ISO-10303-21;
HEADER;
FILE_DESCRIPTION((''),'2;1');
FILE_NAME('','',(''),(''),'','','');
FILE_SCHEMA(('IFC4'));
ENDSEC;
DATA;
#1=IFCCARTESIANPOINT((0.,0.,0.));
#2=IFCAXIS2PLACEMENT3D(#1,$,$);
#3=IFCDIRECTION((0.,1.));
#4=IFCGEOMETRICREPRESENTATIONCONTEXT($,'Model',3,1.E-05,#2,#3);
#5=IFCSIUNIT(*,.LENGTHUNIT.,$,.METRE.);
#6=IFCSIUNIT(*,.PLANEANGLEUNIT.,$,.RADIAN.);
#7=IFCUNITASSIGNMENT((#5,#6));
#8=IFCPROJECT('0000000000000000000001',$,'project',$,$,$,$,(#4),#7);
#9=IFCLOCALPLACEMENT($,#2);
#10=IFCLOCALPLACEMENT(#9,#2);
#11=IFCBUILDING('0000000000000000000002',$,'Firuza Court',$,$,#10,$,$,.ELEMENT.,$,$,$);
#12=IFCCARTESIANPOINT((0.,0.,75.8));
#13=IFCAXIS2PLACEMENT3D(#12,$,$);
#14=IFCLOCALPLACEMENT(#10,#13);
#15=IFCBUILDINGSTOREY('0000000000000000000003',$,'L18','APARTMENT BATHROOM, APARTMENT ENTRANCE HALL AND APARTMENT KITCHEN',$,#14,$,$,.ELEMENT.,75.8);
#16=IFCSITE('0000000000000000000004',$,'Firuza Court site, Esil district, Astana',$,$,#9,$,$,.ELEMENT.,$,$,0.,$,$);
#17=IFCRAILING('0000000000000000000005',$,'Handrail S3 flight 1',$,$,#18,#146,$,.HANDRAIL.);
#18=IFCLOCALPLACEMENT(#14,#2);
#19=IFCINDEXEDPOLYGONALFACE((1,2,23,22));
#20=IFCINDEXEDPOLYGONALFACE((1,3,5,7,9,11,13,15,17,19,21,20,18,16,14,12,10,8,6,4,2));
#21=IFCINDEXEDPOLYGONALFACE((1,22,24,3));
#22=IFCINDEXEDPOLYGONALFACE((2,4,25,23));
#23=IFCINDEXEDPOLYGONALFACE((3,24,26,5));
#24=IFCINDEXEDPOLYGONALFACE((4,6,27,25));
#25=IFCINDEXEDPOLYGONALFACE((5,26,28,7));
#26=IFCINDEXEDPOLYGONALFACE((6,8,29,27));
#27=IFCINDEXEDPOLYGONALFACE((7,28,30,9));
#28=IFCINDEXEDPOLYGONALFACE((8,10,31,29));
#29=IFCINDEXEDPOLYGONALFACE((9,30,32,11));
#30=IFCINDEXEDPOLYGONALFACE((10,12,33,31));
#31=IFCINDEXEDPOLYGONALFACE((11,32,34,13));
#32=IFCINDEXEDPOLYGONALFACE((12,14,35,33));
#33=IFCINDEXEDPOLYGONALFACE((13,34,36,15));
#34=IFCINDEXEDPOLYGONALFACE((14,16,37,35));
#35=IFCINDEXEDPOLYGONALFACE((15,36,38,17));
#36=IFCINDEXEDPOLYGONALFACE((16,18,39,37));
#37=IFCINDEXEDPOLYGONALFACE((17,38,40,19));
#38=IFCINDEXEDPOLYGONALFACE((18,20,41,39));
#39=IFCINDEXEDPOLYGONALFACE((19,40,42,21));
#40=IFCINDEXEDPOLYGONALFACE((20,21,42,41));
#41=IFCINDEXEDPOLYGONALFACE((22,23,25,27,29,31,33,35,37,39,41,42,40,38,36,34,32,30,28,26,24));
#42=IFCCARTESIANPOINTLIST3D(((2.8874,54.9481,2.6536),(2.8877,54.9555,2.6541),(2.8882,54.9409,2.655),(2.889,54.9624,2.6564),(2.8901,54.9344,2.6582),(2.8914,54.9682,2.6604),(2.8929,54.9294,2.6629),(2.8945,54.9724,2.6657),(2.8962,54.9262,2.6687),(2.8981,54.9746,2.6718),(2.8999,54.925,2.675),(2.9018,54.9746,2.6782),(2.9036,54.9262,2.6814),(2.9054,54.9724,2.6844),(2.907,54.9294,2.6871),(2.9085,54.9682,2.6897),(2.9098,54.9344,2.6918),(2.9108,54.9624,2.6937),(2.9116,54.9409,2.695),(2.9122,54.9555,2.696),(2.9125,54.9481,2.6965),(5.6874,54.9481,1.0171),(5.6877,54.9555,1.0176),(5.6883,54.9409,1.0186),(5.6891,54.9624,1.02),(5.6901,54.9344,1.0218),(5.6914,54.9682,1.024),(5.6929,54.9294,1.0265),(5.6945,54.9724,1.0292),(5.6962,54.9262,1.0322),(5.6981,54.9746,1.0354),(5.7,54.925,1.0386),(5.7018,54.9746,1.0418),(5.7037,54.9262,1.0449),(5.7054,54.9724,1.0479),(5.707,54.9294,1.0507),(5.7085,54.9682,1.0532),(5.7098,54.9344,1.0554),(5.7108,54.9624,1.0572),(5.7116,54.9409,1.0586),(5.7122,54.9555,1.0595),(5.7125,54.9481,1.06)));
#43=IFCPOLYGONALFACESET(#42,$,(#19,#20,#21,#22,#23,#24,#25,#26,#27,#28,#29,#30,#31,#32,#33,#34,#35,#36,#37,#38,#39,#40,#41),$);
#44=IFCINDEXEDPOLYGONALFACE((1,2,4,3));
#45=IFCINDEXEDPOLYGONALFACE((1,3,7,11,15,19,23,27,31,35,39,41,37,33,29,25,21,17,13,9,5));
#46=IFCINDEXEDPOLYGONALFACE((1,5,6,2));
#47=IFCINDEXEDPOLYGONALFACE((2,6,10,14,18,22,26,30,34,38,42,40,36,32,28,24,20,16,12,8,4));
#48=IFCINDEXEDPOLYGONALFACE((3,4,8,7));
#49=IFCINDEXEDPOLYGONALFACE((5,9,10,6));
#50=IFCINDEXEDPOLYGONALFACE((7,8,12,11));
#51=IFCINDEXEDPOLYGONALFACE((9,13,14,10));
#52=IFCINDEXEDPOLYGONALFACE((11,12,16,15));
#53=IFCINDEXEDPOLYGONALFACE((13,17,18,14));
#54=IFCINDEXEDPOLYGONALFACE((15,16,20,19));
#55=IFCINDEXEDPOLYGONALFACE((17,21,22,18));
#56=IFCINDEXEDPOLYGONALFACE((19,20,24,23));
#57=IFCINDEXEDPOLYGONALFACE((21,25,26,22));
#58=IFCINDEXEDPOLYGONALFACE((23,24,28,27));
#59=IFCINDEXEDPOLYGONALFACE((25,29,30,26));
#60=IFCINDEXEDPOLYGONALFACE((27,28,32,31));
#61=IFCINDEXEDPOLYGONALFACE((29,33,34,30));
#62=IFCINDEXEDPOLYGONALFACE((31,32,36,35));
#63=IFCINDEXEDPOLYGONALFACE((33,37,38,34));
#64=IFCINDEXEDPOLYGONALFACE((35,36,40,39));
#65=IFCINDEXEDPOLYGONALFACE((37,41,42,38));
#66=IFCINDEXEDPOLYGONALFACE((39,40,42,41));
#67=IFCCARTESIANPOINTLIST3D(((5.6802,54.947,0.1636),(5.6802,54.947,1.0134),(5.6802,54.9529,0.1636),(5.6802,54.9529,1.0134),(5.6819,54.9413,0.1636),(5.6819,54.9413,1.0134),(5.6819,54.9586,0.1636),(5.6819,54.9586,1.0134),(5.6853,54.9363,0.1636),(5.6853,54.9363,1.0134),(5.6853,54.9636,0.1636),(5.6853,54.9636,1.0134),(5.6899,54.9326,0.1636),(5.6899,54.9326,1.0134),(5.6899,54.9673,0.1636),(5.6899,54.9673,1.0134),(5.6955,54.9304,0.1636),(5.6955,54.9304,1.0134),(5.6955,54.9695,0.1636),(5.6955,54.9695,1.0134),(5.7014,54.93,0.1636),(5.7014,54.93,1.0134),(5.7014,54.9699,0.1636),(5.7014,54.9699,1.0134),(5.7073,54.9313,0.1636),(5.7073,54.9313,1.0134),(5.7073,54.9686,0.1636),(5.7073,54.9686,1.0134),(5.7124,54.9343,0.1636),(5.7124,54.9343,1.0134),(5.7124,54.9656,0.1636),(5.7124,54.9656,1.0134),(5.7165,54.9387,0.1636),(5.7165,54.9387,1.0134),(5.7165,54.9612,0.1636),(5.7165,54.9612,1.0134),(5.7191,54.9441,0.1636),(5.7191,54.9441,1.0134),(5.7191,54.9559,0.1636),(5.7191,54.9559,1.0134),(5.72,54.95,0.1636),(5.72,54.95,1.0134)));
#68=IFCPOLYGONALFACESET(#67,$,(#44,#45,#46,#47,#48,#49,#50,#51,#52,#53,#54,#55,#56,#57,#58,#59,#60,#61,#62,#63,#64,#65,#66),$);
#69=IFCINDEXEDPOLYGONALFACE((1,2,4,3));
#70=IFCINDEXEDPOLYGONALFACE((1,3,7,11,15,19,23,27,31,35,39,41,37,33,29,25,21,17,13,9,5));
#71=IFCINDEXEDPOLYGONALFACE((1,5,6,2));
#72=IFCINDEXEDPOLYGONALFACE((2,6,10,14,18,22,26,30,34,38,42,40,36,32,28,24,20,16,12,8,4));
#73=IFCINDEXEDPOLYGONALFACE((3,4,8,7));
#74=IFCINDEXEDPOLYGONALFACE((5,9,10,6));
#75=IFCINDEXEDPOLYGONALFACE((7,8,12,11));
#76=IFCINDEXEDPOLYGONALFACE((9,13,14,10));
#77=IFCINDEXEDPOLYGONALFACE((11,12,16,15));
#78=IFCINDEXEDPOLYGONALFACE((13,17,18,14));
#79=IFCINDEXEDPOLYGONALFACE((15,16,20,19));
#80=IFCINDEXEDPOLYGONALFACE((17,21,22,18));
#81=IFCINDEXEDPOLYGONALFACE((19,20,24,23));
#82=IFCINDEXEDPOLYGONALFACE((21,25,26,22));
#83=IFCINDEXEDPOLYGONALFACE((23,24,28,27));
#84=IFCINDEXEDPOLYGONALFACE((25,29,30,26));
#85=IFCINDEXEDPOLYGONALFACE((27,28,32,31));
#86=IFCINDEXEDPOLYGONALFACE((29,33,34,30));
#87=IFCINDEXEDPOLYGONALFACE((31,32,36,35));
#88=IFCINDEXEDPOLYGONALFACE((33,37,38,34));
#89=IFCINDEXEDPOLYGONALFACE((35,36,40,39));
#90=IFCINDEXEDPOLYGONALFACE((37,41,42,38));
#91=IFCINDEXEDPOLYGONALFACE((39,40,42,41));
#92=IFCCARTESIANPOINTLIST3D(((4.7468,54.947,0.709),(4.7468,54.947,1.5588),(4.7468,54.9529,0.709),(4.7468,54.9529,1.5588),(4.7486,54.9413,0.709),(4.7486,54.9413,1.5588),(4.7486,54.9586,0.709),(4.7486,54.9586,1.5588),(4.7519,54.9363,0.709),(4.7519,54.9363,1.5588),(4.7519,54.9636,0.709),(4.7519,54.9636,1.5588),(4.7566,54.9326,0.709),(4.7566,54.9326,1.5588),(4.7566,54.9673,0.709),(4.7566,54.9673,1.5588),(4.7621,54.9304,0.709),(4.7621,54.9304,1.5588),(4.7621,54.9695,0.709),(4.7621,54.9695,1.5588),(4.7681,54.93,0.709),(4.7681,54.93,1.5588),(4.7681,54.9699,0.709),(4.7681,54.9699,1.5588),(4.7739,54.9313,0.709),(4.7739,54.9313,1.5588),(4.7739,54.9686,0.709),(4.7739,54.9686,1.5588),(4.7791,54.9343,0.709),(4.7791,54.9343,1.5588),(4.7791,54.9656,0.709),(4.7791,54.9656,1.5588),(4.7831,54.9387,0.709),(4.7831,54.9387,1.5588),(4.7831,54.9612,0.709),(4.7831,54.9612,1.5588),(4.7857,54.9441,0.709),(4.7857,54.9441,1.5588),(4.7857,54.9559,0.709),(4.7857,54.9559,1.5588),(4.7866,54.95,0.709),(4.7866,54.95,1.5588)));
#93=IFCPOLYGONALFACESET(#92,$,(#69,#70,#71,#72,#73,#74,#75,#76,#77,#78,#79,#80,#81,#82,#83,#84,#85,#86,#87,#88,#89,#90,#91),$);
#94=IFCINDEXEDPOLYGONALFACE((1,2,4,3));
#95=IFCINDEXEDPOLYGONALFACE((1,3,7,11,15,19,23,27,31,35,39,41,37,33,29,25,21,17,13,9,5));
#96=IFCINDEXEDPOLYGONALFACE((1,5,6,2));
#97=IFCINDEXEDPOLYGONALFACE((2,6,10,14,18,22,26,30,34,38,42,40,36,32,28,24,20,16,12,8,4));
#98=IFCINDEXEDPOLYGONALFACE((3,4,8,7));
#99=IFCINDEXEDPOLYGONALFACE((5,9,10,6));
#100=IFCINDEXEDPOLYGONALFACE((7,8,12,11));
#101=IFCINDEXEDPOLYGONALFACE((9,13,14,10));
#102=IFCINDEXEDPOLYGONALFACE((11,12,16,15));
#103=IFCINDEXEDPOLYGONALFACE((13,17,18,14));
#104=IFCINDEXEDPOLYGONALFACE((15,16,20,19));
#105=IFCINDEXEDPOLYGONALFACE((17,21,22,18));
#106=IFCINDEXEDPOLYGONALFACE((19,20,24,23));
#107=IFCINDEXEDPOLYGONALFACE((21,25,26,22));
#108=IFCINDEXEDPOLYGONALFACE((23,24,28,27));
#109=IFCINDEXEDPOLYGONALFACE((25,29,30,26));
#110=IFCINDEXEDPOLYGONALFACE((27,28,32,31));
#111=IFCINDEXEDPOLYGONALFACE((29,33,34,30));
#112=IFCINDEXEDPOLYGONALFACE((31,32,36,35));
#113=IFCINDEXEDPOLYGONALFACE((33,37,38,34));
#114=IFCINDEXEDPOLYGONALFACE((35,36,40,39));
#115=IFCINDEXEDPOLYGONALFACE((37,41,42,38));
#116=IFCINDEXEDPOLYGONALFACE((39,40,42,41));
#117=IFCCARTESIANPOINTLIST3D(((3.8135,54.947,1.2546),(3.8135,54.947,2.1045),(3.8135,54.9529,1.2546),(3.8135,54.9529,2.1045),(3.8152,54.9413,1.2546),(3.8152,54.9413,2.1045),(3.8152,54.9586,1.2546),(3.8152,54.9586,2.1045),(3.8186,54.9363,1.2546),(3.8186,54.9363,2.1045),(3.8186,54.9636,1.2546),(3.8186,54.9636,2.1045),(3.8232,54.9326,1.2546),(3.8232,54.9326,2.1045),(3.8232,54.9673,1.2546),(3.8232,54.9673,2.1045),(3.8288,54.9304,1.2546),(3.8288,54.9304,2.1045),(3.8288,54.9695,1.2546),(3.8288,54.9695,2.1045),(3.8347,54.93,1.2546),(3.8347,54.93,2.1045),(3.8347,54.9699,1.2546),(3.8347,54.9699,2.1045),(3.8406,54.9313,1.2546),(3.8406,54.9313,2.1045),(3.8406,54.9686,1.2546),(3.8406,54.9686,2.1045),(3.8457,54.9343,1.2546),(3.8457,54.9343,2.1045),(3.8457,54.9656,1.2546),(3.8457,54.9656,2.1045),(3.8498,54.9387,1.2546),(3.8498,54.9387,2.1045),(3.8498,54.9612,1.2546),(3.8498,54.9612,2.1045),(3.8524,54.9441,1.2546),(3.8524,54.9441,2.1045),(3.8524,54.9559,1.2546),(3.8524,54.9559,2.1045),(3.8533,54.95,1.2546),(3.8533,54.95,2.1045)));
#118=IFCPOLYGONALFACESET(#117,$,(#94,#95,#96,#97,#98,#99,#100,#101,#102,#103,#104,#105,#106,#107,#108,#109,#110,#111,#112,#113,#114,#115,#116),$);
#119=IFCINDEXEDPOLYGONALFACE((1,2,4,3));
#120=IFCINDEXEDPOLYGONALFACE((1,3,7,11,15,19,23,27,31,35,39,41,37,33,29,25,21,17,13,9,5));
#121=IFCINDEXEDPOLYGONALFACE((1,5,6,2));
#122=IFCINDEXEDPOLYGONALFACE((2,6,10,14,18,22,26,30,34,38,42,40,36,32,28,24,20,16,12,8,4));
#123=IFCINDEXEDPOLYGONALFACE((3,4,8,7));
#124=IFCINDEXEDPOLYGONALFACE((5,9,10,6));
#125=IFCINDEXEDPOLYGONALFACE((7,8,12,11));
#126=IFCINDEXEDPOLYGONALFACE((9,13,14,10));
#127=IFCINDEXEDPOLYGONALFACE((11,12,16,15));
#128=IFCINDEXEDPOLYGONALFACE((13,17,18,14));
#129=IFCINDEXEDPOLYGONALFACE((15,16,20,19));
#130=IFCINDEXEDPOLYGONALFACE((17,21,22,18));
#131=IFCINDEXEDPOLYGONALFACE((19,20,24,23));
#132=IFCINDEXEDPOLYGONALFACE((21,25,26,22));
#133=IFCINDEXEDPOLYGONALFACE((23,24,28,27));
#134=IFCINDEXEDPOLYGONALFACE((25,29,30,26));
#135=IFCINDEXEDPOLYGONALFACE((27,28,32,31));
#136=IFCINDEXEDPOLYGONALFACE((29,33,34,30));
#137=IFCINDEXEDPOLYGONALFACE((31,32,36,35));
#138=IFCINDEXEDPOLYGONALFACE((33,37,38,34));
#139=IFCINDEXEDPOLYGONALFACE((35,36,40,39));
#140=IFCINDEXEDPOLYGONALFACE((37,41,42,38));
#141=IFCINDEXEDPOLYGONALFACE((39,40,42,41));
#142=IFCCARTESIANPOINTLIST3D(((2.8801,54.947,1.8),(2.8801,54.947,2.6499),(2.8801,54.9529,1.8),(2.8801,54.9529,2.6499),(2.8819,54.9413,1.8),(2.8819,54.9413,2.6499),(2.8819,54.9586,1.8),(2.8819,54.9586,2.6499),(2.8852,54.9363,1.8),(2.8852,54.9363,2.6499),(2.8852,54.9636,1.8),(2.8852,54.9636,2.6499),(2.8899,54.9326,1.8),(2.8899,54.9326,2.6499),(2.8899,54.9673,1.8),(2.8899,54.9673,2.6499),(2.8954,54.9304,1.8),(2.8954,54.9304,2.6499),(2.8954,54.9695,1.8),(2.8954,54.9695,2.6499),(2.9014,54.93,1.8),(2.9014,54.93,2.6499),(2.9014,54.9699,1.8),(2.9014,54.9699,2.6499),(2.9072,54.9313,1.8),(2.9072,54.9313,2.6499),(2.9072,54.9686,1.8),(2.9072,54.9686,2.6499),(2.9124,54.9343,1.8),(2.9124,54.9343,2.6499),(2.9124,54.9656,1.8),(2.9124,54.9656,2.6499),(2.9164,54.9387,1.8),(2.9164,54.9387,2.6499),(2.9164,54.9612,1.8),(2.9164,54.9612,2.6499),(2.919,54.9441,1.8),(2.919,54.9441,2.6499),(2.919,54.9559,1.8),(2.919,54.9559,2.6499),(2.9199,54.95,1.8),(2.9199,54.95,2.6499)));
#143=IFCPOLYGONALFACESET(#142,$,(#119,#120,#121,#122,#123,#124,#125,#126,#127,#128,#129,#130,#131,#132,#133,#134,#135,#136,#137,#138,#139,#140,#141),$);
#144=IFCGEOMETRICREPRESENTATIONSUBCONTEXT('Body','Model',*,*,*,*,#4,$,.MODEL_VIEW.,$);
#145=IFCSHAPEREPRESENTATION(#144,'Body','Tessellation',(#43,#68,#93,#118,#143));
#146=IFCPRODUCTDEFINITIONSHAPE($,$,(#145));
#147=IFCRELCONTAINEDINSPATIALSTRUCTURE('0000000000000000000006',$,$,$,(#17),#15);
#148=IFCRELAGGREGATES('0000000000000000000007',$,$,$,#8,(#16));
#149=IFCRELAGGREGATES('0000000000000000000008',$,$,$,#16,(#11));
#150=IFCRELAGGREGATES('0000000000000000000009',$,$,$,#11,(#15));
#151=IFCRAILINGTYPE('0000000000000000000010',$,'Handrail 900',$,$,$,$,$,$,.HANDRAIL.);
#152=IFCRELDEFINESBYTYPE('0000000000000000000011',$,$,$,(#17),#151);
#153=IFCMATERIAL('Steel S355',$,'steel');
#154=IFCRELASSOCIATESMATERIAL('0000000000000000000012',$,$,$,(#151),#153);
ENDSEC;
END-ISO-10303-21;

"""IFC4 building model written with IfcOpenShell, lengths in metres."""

from ifc_helpers import new_model, si_unit, direction, frame, origin, origin_2d, place, context, subcontext, project, spatial, circle, extrude, material, type_object, element, save


model = new_model("IFC4")

# Units and contexts
model_context = context("Model", 3, precision=1e-05, world=origin(), true_north=direction((0.0, 1.0)))
body_context = subcontext(model_context, "Body", "Model", "MODEL_VIEW")
ifc_project = project(units=[si_unit("LENGTHUNIT", "METRE"), si_unit("PLANEANGLEUNIT", "RADIAN")], contexts=[model_context])

# Site, building, storey
site_placement = place(None, origin())
site = spatial("IfcSite", under=ifc_project, at=site_placement, Name="Firuza Court site, Esil district, Astana", CompositionType="ELEMENT", RefElevation=0.0)
building_placement = place(site_placement, origin())
building = spatial("IfcBuilding", under=site, at=building_placement, Name="Firuza Court", CompositionType="ELEMENT")
storey_placement = place(building_placement, frame((0.0, 0.0, 75.8)))
storey = spatial("IfcBuildingStorey", under=building, at=storey_placement, Name="L18", Description="APARTMENT BATHROOM, APARTMENT ENTRANCE HALL AND APARTMENT KITCHEN", CompositionType="ELEMENT", Elevation=75.8)

# Railing
ifc_material_1 = material(Name="Steel S355", Category="steel")
railing_type_1 = type_object("IfcRailingType", Name="Handrail 900", PredefinedType="HANDRAIL", material=ifc_material_1)
railing_1_placement = place(storey_placement, frame((5.7, 54.95, 0.1636)))
element("IfcRailing", 1, at=railing_1_placement, inside=storey, type_object=railing_type_1, Name="Handrail S3 flight 1", PredefinedType="HANDRAIL", context=body_context, shape_type="SweptSolid", body=[
    extrude(circle(Radius=0.0249, at=origin_2d()), frame((0.0, 0.0, 0.875), z_axis=(-0.863361, 0.0, 0.504587), x_axis=(0.0, -1.0, 0.0)), (0.0, 0.0, 1.0), 3.2432),
    extrude(circle(Radius=0.02, at=origin_2d()), origin(), (0.0, 0.0, 1.0), 0.8499),
    extrude(circle(Radius=0.02, at=origin_2d()), frame((-0.9333, 0.0, 0.5454)), (0.0, 0.0, 1.0), 0.8499),
    extrude(circle(Radius=0.02, at=origin_2d()), frame((-1.8667, 0.0, 1.0911)), (0.0, 0.0, 1.0), 0.8499),
    extrude(circle(Radius=0.02, at=origin_2d()), frame((-2.8, 0.0, 1.6365)), (0.0, 0.0, 1.0), 0.8499),
])

save(model, "model.ifc")
